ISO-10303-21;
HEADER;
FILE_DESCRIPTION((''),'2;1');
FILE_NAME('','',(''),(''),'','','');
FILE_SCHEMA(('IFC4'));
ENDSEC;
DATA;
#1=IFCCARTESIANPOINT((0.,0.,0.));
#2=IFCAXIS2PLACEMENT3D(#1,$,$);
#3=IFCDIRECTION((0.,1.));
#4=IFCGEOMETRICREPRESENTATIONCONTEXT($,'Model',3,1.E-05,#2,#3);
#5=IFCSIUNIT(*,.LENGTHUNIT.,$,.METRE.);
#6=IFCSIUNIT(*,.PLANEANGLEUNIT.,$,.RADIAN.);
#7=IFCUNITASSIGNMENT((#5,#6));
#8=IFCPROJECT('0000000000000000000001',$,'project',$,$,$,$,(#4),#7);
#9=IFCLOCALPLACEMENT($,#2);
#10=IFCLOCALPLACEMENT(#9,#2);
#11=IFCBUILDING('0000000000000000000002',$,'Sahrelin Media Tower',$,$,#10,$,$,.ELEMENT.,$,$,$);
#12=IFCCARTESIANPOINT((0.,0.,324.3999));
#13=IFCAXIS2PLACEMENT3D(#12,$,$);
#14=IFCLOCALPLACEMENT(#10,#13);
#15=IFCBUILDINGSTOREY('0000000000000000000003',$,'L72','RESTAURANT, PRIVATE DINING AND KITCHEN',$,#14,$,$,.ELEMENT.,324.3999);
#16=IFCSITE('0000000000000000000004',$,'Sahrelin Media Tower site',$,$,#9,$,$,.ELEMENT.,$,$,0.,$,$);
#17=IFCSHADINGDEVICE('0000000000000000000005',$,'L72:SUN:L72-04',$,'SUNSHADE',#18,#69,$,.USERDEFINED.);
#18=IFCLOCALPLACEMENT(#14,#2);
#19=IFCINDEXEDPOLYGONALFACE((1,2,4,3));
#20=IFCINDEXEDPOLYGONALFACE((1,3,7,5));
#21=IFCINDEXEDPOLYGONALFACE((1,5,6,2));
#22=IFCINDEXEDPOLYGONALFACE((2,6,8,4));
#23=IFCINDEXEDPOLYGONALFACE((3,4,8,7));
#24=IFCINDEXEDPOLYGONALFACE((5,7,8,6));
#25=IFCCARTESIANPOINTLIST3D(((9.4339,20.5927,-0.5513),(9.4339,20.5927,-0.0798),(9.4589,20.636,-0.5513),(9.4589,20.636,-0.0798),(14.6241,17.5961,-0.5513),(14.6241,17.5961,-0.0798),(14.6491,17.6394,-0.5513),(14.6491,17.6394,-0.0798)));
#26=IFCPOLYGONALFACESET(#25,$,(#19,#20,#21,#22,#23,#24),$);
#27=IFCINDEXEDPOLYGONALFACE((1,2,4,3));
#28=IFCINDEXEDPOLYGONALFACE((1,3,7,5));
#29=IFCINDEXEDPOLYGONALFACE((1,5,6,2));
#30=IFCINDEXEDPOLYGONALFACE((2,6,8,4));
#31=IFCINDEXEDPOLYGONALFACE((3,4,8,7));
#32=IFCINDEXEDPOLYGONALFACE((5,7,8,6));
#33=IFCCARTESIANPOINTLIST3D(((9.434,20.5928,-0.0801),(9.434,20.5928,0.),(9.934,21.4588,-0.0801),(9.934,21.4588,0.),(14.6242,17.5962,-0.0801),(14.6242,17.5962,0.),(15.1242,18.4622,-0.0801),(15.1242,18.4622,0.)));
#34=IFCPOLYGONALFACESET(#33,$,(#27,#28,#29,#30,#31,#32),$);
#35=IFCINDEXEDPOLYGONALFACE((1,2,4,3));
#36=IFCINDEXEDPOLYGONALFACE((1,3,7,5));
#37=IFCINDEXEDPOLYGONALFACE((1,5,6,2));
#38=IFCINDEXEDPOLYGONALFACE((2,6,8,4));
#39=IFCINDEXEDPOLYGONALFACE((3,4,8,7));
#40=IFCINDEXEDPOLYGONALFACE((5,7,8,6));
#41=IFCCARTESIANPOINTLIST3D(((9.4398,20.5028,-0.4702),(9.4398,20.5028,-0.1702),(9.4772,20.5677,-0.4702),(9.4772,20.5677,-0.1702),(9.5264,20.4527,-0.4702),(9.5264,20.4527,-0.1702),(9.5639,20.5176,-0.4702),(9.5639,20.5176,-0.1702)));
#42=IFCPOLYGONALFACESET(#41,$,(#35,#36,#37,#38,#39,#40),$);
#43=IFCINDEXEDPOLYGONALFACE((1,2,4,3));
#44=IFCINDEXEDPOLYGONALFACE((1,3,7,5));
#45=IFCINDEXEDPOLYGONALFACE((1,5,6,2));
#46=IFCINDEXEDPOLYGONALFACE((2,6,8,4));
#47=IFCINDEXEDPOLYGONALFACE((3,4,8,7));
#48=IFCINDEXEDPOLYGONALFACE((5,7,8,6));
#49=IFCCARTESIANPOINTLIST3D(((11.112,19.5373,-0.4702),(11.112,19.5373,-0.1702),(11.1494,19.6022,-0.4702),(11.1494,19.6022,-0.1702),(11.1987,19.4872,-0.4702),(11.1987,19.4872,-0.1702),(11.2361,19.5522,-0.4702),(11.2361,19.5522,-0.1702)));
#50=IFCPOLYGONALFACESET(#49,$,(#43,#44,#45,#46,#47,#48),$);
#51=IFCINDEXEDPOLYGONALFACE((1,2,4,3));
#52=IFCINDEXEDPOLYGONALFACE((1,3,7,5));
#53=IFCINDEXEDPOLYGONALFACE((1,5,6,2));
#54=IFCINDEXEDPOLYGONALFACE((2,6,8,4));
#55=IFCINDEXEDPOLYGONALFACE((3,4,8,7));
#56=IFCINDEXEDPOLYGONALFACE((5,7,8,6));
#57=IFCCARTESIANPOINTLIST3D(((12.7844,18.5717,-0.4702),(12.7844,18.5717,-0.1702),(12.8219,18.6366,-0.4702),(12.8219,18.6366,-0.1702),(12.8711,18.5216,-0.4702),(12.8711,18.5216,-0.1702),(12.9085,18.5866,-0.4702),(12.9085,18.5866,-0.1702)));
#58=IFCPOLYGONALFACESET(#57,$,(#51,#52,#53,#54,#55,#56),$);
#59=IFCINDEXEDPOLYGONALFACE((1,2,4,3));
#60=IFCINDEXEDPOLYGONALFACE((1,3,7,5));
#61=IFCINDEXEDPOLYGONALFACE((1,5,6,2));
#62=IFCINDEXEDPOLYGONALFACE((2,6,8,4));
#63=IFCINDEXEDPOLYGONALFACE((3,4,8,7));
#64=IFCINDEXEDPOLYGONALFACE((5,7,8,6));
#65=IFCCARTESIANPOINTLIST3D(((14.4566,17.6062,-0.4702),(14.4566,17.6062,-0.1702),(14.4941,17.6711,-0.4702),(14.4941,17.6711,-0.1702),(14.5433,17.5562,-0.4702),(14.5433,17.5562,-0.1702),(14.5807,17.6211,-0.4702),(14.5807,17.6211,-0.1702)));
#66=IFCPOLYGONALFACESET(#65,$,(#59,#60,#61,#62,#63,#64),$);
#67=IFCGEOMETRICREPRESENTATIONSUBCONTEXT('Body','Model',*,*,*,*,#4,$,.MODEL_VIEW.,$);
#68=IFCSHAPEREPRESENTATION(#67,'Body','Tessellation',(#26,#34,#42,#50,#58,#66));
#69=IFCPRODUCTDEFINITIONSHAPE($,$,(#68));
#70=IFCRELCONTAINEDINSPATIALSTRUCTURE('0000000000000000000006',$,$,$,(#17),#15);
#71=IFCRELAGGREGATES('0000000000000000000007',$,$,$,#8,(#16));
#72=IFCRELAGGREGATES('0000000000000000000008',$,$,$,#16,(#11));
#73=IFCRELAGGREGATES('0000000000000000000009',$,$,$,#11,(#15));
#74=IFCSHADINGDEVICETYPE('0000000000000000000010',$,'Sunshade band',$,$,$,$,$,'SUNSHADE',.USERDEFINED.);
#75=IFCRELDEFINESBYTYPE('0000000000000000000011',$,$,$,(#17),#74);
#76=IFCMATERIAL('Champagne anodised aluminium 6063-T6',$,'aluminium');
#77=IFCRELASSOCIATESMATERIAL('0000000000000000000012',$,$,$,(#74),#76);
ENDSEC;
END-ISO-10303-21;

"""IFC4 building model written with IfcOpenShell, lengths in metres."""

from ifc_helpers import new_model, si_unit, direction, frame, origin, origin_2d, place, context, subcontext, project, spatial, rectangle, extrude, material, type_object, element, save


model = new_model("IFC4")

# Units and contexts
model_context = context("Model", 3, precision=1e-05, world=origin(), true_north=direction((0.0, 1.0)))
body_context = subcontext(model_context, "Body", "Model", "MODEL_VIEW")
ifc_project = project(units=[si_unit("LENGTHUNIT", "METRE"), si_unit("PLANEANGLEUNIT", "RADIAN")], contexts=[model_context])

# Site, building, storey
site_placement = place(None, origin())
site = spatial("IfcSite", under=ifc_project, at=site_placement, Name="Sahrelin Media Tower site", CompositionType="ELEMENT", RefElevation=0.0)
building_placement = place(site_placement, origin())
building = spatial("IfcBuilding", under=site, at=building_placement, Name="Sahrelin Media Tower", CompositionType="ELEMENT")
storey_placement = place(building_placement, frame((0.0, 0.0, 324.3999)))
storey = spatial("IfcBuildingStorey", under=building, at=storey_placement, Name="L72", Description="RESTAURANT, PRIVATE DINING AND KITCHEN", CompositionType="ELEMENT", Elevation=324.3999)

# Shared definitions
ifc_material_1 = material(Name="Champagne anodised aluminium 6063-T6", Category="aluminium")

# Shading device
placement_1 = place(storey_placement, frame((12.019, 19.0771, 0.0), z_axis=(0.0, 0.0, 1.0), x_axis=(0.866019, -0.500011, 0.0)))
shading_device_type_1 = type_object("IfcShadingDeviceType", Name="Sunshade band", ElementType="SUNSHADE", PredefinedType="USERDEFINED", material=ifc_material_1)
element("IfcShadingDevice", 1, at=placement_1, inside=storey, type_object=shading_device_type_1, Name="L72:SUN:L72-04", ObjectType="SUNSHADE", PredefinedType="USERDEFINED", context=body_context, shape_type="SweptSolid", body=[
    extrude(rectangle(XDim=5.9932, YDim=0.05, at=origin_2d()), frame((0.0, 0.0449, -0.5513)), (0.0, 0.0, 1.0), 0.4714),
    extrude(rectangle(XDim=5.9932, YDim=1.0, at=origin_2d()), frame((0.0, 0.52, -0.0801)), (0.0, 0.0, 1.0), 0.0801),
    extrude(rectangle(XDim=0.1001, YDim=0.075, at=origin_2d()), frame((-2.8965, -0.0176, -0.4702)), (0.0, 0.0, 1.0), 0.3),
    extrude(rectangle(XDim=0.1001, YDim=0.075, at=origin_2d()), frame((-0.9656, -0.0176, -0.4702)), (0.0, 0.0, 1.0), 0.3),
    extrude(rectangle(XDim=0.1001, YDim=0.075, at=origin_2d()), frame((0.9656, -0.0176, -0.4702)), (0.0, 0.0, 1.0), 0.3),
    extrude(rectangle(XDim=0.1001, YDim=0.075, at=origin_2d()), frame((2.8965, -0.0176, -0.4702)), (0.0, 0.0, 1.0), 0.3),
])

save(model, "model.ifc")
